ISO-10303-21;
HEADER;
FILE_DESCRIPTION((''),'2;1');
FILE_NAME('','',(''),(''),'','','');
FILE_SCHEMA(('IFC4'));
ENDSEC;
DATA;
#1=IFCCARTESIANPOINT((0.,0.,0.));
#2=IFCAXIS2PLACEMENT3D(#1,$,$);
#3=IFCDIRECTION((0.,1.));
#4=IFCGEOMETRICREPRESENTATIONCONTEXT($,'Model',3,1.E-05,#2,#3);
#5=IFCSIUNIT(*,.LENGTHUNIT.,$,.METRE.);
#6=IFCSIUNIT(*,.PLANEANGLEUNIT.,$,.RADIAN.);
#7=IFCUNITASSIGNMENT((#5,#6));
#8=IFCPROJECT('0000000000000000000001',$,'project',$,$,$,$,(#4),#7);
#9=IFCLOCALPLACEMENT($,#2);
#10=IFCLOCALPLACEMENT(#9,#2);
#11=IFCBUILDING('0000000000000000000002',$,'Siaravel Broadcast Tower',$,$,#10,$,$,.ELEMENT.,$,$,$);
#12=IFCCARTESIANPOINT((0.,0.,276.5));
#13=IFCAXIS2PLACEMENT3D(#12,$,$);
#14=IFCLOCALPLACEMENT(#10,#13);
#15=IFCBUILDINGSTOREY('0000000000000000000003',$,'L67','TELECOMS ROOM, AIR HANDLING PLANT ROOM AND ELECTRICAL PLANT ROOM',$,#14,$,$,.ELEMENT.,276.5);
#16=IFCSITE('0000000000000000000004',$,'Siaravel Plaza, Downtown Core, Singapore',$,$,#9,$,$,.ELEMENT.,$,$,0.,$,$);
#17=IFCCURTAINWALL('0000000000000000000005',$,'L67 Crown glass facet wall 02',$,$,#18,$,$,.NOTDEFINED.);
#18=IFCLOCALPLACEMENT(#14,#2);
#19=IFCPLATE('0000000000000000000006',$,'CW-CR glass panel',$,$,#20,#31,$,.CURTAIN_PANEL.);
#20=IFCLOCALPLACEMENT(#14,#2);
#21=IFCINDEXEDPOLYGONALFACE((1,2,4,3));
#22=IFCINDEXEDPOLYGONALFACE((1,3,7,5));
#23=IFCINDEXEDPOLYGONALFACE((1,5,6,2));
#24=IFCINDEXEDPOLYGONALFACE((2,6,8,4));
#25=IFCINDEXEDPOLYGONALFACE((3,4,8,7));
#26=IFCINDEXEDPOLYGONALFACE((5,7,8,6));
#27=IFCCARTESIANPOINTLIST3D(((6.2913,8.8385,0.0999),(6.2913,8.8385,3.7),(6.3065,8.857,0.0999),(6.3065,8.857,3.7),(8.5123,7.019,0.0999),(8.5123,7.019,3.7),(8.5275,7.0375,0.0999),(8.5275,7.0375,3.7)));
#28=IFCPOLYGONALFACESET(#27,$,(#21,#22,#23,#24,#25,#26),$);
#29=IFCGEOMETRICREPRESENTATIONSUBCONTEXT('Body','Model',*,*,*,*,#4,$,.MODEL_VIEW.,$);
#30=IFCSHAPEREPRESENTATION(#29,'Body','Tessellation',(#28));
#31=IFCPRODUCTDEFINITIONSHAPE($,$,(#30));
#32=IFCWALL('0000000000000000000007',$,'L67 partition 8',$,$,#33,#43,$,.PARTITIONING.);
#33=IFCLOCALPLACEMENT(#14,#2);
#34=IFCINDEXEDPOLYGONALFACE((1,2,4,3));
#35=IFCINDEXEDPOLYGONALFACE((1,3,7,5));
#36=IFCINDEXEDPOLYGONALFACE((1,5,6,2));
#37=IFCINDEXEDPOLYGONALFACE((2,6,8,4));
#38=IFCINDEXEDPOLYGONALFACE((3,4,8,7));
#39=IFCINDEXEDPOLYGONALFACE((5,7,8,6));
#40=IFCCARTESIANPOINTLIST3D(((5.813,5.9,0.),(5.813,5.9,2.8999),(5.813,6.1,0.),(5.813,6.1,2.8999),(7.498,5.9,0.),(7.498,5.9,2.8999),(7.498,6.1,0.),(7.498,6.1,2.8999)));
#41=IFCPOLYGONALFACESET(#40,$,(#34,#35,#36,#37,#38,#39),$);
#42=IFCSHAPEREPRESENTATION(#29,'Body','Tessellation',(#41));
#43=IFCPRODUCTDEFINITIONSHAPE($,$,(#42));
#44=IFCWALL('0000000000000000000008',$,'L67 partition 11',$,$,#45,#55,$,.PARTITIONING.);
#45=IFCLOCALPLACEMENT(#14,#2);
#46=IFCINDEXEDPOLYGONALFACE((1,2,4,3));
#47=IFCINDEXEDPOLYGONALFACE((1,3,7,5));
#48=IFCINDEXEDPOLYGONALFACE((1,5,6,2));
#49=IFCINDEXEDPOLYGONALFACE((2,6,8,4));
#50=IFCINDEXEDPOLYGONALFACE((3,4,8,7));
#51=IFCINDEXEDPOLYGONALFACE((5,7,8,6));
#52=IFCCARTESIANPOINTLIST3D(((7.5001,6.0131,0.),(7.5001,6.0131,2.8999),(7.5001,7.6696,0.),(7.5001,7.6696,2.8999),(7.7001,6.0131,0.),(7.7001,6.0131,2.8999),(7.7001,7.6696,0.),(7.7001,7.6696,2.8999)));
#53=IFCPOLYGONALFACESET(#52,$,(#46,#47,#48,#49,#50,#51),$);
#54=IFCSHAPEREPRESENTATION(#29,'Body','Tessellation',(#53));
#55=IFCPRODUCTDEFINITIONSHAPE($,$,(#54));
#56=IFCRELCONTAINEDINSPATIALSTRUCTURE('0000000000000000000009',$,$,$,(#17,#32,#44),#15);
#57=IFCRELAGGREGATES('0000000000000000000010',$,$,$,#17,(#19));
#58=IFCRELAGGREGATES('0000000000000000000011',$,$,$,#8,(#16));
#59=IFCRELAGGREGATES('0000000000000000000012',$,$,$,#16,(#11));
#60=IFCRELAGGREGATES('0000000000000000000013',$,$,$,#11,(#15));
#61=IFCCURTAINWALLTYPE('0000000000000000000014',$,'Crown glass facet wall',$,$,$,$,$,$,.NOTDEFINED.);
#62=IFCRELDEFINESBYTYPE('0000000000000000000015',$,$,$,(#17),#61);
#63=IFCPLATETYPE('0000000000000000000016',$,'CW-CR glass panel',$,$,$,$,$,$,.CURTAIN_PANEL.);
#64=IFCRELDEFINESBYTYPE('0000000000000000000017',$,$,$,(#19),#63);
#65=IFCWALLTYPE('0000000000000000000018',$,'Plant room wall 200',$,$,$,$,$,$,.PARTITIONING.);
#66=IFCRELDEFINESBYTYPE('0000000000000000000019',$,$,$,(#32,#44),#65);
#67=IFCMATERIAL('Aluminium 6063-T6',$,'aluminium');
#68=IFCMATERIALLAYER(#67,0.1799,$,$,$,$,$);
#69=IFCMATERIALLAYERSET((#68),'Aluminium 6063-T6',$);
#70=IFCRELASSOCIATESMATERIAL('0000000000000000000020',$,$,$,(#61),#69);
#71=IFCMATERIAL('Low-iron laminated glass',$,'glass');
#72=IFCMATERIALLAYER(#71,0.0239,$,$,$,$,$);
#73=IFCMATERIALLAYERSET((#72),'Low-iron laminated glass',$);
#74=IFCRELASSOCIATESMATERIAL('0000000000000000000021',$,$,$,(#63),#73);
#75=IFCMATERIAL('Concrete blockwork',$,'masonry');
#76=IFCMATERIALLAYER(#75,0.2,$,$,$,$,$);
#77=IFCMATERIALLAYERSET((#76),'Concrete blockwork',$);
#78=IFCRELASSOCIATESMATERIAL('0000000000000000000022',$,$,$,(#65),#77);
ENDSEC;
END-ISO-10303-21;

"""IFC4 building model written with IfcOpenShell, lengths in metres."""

from ifc_helpers import new_model, si_unit, direction, frame, frame_2d, origin, origin_2d, place, context, subcontext, project, spatial, rectangle, extrude, material, layer, layer_set, type_object, element, aggregate, save


model = new_model("IFC4")

# Units and contexts
model_context = context("Model", 3, precision=1e-05, world=origin(), true_north=direction((0.0, 1.0)))
body_context = subcontext(model_context, "Body", "Model", "MODEL_VIEW")
ifc_project = project(units=[si_unit("LENGTHUNIT", "METRE"), si_unit("PLANEANGLEUNIT", "RADIAN")], contexts=[model_context])

# Site, building, storey
site_placement = place(None, origin())
site = spatial("IfcSite", under=ifc_project, at=site_placement, Name="Siaravel Plaza, Downtown Core, Singapore", CompositionType="ELEMENT", RefElevation=0.0)
building_placement = place(site_placement, origin())
building = spatial("IfcBuilding", under=site, at=building_placement, Name="Siaravel Broadcast Tower", CompositionType="ELEMENT")
storey_placement = place(building_placement, frame((0.0, 0.0, 276.5)))
storey = spatial("IfcBuildingStorey", under=building, at=storey_placement, Name="L67", Description="TELECOMS ROOM, AIR HANDLING PLANT ROOM AND ELECTRICAL PLANT ROOM", CompositionType="ELEMENT", Elevation=276.5)

# Curtain wall
ifc_material_1 = material(Name="Aluminium 6063-T6", Category="aluminium")
ifc_layer_1 = layer(ifc_material_1, 0.1799)
ifc_layer_set_1 = layer_set([ifc_layer_1], Name="Aluminium 6063-T6")
curtain_wall_type = type_object("IfcCurtainWallType", Name="Crown glass facet wall", PredefinedType="NOTDEFINED", material=ifc_layer_set_1)
curtain_wall_1_placement = place(storey_placement, origin())
curtain_wall_1 = element("IfcCurtainWall", 1, at=curtain_wall_1_placement, inside=storey, type_object=curtain_wall_type, Name="L67 Crown glass facet wall 02", PredefinedType="NOTDEFINED")

# Plate
ifc_material_2 = material(Name="Low-iron laminated glass", Category="glass")
ifc_layer_2 = layer(ifc_material_2, 0.0239)
ifc_layer_set_2 = layer_set([ifc_layer_2], Name="Low-iron laminated glass")
plate_type = type_object("IfcPlateType", Name="CW-CR glass panel", PredefinedType="CURTAIN_PANEL", material=ifc_layer_set_2)
plate_1_placement = place(storey_placement, frame((7.4094, 7.938, 0.0999), z_axis=(0.0, 0.0, 1.0), x_axis=(-0.773569, 0.633713, 0.0)))
plate_1 = element("IfcPlate", 2, at=plate_1_placement, type_object=plate_type, Name="CW-CR glass panel", PredefinedType="CURTAIN_PANEL", context=body_context, shape_type="SweptSolid", body=[
    extrude(rectangle(XDim=2.8711, YDim=0.0239, at=origin_2d()), origin(), (0.0, 0.0, 1.0), 3.6001),
])
aggregate(curtain_wall_1, [plate_1])

# Walls
ifc_material_3 = material(Name="Concrete blockwork", Category="masonry")
ifc_layer_3 = layer(ifc_material_3, 0.2)
ifc_layer_set_3 = layer_set([ifc_layer_3], Name="Concrete blockwork")
wall_type = type_object("IfcWallType", Name="Plant room wall 200", PredefinedType="PARTITIONING", material=ifc_layer_set_3)
wall_1_placement = place(storey_placement, frame((7.498, 6.0, 0.0), z_axis=(0.0, 0.0, 1.0), x_axis=(-1.0, 0.0, 0.0)))
element("IfcWall", 3, at=wall_1_placement, inside=storey, type_object=wall_type, Name="L67 partition 8", PredefinedType="PARTITIONING", context=body_context, shape_type="SweptSolid", body=[
    extrude(rectangle(XDim=1.6851, YDim=0.2, at=frame_2d((0.8425, 0.0))), origin(), (0.0, 0.0, 1.0), 2.8999),
])
wall_2_placement = place(storey_placement, frame((7.6001, 7.6694, 0.0), z_axis=(0.0, 0.0, 1.0), x_axis=(0.0, -1.0, 0.0)))
element("IfcWall", 4, at=wall_2_placement, inside=storey, type_object=wall_type, Name="L67 partition 11", PredefinedType="PARTITIONING", context=body_context, shape_type="SweptSolid", body=[
    extrude(rectangle(XDim=1.6565, YDim=0.2, at=frame_2d((0.8281, 0.0))), origin(), (0.0, 0.0, 1.0), 2.8999),
])

save(model, "model.ifc")
